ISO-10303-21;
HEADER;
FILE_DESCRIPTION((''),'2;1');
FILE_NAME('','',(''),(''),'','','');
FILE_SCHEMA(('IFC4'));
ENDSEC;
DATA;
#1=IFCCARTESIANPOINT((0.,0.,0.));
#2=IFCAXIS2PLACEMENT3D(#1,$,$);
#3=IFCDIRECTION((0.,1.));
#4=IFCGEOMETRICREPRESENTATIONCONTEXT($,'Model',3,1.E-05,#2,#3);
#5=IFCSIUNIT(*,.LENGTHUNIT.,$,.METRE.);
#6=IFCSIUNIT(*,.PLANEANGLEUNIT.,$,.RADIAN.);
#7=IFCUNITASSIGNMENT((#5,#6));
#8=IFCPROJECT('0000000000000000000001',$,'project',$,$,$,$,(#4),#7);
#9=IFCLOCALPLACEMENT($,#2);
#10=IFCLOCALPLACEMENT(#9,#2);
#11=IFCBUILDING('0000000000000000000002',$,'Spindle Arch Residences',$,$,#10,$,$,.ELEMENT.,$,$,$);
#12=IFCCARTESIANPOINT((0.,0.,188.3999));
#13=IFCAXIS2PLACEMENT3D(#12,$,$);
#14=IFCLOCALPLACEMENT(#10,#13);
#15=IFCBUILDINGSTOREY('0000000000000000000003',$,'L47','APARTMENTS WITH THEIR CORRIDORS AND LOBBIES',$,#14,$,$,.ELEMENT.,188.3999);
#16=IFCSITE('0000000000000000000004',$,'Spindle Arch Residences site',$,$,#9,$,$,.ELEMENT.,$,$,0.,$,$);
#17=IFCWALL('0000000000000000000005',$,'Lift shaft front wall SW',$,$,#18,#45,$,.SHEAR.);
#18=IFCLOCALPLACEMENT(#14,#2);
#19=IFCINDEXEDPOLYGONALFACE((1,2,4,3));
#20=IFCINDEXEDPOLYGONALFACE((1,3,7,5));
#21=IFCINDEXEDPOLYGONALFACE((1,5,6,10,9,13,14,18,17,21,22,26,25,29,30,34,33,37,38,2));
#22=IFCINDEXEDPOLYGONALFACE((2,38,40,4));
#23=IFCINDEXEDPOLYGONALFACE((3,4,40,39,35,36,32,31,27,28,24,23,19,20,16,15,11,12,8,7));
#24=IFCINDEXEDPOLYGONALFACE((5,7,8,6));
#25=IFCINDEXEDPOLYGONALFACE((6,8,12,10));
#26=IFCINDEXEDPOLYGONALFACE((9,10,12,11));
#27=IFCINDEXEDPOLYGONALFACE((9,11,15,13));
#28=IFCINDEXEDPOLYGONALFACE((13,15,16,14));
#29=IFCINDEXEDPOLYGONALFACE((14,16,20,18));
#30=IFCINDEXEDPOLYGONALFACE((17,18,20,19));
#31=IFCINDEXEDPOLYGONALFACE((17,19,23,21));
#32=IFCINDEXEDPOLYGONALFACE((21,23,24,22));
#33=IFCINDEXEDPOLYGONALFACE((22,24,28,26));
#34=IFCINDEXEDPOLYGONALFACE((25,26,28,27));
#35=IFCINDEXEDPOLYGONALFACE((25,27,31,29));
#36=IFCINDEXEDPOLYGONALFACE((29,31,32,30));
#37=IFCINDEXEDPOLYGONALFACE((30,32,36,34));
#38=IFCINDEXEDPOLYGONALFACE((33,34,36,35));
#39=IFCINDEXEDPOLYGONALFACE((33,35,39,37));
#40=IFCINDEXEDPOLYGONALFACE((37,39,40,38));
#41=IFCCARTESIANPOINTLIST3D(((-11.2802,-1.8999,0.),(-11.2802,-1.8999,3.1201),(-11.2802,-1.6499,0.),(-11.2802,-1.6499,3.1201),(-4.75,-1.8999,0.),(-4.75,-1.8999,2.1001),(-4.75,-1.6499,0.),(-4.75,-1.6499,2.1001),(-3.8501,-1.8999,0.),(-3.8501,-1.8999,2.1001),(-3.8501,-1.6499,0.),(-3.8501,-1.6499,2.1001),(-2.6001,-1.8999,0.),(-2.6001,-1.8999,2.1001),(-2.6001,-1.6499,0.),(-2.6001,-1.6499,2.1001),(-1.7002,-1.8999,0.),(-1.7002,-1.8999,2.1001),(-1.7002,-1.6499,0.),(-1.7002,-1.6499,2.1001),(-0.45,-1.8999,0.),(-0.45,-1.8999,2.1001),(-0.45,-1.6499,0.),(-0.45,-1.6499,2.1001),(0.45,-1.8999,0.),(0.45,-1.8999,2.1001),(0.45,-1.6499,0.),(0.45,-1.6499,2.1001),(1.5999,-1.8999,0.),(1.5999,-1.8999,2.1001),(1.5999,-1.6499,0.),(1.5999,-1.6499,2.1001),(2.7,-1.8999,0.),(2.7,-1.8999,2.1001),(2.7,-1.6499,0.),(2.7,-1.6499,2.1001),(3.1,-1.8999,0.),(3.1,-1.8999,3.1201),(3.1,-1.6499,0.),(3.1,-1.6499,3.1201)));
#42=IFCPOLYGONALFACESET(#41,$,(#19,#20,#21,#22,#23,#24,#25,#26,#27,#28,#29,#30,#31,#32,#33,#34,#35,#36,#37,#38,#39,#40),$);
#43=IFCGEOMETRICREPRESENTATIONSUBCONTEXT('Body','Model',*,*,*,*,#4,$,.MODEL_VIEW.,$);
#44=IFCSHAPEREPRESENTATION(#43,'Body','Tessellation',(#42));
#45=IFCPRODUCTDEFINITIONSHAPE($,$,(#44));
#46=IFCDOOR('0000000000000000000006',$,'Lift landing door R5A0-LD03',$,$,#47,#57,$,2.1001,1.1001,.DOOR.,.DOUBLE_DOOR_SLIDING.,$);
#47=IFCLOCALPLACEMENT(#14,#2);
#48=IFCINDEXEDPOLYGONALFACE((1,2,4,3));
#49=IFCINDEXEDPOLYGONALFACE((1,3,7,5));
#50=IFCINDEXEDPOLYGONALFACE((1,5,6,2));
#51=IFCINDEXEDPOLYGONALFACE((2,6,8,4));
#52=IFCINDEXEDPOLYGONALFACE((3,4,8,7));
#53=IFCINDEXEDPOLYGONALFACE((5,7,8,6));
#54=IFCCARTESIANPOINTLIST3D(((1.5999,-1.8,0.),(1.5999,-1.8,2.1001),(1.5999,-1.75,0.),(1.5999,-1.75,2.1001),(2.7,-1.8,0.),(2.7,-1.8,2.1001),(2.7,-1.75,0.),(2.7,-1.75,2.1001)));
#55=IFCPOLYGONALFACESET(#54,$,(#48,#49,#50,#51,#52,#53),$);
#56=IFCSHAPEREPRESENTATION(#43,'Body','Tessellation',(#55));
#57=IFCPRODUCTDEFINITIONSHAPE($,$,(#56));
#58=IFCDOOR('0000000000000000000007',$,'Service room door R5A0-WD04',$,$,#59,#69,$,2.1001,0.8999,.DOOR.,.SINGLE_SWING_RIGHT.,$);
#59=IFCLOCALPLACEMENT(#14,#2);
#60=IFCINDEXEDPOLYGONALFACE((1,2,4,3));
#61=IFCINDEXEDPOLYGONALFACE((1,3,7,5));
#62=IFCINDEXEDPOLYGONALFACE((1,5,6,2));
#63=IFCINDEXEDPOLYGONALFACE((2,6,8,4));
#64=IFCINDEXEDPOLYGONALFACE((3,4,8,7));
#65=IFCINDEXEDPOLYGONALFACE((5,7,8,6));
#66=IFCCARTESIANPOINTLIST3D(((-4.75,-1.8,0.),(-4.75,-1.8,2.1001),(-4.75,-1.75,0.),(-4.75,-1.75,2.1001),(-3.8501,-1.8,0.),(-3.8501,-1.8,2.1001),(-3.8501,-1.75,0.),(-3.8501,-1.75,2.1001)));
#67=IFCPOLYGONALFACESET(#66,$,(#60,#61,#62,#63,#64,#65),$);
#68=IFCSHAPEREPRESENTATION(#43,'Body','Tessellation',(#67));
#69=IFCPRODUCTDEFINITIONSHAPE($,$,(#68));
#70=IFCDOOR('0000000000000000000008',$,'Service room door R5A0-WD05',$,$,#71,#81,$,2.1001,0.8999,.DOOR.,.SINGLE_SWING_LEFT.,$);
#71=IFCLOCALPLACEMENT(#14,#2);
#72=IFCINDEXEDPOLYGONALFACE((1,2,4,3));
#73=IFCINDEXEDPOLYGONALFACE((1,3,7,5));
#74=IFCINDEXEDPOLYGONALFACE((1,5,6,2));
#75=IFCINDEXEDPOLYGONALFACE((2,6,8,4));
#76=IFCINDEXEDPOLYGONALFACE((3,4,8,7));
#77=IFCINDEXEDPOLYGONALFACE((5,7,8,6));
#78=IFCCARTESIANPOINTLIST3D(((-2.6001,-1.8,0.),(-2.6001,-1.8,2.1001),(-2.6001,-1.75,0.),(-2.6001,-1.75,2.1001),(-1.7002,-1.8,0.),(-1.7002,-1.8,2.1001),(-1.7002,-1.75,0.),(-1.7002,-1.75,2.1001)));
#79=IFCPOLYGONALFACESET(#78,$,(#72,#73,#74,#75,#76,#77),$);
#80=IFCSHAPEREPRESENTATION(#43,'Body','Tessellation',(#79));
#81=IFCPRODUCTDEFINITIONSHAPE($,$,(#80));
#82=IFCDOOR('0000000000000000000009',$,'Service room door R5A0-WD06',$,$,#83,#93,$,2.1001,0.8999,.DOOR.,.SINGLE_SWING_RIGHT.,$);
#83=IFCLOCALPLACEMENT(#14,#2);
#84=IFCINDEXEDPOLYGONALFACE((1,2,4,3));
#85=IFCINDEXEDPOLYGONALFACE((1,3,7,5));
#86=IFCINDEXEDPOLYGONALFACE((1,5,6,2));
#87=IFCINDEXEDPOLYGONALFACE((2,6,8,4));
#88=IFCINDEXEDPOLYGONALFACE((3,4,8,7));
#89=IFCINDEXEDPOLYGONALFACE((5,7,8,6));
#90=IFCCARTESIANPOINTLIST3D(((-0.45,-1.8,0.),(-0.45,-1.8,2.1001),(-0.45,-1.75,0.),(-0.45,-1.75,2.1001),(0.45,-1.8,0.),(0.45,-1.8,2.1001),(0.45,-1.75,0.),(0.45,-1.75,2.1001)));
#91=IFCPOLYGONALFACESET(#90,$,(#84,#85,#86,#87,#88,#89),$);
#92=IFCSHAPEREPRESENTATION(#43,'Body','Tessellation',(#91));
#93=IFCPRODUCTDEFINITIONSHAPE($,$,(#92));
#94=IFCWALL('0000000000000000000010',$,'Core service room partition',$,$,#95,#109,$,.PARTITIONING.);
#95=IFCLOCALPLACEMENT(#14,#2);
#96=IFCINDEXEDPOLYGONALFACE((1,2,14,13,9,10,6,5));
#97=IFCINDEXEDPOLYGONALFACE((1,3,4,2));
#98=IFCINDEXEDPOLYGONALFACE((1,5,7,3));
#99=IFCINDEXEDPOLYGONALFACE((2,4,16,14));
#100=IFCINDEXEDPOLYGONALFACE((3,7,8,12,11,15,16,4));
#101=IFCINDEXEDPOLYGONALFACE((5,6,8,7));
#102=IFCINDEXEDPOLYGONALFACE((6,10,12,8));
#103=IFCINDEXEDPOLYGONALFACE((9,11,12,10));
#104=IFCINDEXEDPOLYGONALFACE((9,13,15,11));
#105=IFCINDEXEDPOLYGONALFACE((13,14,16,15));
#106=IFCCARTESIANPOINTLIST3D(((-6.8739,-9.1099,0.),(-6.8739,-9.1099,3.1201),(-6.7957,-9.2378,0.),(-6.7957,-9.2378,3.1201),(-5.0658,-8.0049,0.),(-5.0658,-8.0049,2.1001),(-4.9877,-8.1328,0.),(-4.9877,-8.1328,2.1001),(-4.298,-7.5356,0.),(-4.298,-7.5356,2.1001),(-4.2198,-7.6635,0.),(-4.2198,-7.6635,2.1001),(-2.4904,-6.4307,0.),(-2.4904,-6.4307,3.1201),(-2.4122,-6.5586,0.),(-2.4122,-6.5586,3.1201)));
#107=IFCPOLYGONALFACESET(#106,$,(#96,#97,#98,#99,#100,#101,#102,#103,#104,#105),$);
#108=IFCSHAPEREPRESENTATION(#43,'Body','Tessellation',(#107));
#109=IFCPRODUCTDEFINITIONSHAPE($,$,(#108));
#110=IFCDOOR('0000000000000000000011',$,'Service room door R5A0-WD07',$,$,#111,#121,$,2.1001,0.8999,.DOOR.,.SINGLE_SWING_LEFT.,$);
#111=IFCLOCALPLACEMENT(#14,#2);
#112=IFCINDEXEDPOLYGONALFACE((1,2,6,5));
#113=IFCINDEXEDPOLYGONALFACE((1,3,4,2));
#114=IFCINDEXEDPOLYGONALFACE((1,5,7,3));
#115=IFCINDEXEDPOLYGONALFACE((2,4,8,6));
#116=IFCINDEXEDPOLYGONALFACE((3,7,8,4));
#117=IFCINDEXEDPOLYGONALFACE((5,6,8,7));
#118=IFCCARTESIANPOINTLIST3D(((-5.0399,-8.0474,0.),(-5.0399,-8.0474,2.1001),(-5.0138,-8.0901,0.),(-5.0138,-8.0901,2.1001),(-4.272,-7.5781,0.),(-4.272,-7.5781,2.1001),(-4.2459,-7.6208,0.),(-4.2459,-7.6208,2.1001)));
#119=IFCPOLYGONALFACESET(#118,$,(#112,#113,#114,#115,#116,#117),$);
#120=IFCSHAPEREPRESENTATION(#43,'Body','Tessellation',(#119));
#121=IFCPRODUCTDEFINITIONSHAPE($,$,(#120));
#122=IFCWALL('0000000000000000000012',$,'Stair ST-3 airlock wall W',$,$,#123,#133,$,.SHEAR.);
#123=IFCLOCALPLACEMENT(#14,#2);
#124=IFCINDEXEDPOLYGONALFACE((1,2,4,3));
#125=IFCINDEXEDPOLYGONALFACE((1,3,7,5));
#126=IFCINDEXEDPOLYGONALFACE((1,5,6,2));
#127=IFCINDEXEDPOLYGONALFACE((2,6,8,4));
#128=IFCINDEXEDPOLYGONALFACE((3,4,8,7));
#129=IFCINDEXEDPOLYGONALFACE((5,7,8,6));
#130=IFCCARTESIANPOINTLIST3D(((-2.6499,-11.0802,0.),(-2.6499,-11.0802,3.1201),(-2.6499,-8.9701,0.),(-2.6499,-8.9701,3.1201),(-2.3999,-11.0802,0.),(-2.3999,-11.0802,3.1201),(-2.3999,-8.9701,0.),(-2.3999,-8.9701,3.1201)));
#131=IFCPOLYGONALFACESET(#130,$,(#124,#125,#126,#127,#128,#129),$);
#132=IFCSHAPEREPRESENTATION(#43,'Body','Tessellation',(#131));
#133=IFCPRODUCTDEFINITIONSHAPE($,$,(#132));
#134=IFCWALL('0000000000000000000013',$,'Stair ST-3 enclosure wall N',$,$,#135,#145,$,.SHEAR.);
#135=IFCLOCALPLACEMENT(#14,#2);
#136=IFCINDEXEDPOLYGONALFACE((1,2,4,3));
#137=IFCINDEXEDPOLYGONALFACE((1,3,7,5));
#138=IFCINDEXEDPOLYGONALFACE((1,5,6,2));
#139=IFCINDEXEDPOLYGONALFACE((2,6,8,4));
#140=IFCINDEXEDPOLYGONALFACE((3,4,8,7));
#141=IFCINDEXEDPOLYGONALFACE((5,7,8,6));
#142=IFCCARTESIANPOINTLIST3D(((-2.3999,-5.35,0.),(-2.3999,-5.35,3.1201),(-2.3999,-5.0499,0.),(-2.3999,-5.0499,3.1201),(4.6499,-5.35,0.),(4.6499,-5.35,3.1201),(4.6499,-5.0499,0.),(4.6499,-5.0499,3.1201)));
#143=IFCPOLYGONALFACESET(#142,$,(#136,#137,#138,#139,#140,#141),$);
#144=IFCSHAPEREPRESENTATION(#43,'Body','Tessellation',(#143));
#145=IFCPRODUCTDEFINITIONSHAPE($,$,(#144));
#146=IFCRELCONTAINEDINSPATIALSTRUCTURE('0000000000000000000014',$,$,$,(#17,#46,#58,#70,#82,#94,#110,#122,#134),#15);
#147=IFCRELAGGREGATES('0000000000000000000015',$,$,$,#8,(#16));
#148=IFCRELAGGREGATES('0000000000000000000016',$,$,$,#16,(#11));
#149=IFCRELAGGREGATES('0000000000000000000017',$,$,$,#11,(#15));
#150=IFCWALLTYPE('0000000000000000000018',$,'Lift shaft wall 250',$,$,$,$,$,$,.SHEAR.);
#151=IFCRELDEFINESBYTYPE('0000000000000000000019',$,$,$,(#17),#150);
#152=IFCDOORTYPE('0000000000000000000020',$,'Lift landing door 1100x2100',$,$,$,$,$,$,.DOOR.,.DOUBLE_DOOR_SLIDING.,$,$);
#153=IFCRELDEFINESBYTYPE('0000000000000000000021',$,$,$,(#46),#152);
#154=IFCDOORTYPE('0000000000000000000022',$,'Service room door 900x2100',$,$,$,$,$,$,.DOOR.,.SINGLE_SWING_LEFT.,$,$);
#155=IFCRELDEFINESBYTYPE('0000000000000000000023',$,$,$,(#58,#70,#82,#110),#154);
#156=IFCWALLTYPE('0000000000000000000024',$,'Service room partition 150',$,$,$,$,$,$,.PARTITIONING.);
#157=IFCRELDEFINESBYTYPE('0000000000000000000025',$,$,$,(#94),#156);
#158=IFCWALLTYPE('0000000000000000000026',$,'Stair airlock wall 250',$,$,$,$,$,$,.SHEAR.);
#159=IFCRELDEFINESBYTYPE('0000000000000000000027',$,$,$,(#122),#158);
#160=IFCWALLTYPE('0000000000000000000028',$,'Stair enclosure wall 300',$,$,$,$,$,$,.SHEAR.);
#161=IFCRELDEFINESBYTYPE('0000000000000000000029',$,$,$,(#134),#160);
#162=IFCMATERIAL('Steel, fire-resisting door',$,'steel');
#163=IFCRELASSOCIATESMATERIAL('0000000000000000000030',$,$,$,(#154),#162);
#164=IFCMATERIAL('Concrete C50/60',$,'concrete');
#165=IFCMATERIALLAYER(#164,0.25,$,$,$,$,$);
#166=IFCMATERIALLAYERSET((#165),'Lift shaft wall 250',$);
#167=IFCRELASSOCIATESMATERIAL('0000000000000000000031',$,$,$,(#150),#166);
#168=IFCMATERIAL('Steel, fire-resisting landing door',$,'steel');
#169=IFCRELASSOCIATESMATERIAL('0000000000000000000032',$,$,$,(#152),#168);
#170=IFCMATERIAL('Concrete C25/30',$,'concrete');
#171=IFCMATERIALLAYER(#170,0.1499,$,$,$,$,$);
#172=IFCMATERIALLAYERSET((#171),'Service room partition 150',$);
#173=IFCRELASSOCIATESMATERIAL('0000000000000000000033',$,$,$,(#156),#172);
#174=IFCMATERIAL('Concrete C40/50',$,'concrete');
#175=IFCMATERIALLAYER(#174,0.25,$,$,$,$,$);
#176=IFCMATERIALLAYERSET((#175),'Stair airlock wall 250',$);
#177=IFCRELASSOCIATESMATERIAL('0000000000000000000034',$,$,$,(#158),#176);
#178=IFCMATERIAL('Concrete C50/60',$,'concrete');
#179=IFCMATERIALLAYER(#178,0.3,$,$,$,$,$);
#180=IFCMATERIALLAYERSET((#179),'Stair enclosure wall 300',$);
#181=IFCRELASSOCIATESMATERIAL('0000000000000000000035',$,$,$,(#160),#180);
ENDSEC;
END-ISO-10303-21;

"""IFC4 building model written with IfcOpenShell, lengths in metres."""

from ifc_helpers import new_model, si_unit, direction, frame, frame_2d, origin, place, context, subcontext, project, spatial, rectangle, extrude, material, layer, layer_set, type_object, element, fill, save


model = new_model("IFC4")

# Units and contexts
model_context = context("Model", 3, precision=1e-05, world=origin(), true_north=direction((0.0, 1.0)))
body_context = subcontext(model_context, "Body", "Model", "MODEL_VIEW")
ifc_project = project(units=[si_unit("LENGTHUNIT", "METRE"), si_unit("PLANEANGLEUNIT", "RADIAN")], contexts=[model_context])

# Site, building, storey
site_placement = place(None, origin())
site = spatial("IfcSite", under=ifc_project, at=site_placement, Name="Spindle Arch Residences site", CompositionType="ELEMENT", RefElevation=0.0)
building_placement = place(site_placement, origin())
building = spatial("IfcBuilding", under=site, at=building_placement, Name="Spindle Arch Residences", CompositionType="ELEMENT")
storey_placement = place(building_placement, frame((0.0, 0.0, 188.3999)))
storey = spatial("IfcBuildingStorey", under=building, at=storey_placement, Name="L47", Description="APARTMENTS WITH THEIR CORRIDORS AND LOBBIES", CompositionType="ELEMENT", Elevation=188.3999)

# Shared definitions
ifc_material_1 = material(Name="Steel, fire-resisting door", Category="steel")
door_type_1 = type_object("IfcDoorType", Name="Service room door 900x2100", OperationType="SINGLE_SWING_LEFT", PredefinedType="DOOR", material=ifc_material_1)

# Wall, openings, doors
ifc_material_2 = material(Name="Concrete C50/60", Category="concrete")
ifc_layer_1 = layer(ifc_material_2, 0.25)
ifc_layer_set_1 = layer_set([ifc_layer_1], Name="Lift shaft wall 250")
wall_type_1 = type_object("IfcWallType", Name="Lift shaft wall 250", PredefinedType="SHEAR", material=ifc_layer_set_1)
wall_1_placement = place(storey_placement, frame((-11.28, -1.7749, 0.0), z_axis=(0.0, 0.0, 1.0), x_axis=(1.0, 0.0, 0.0)))
wall_1 = element("IfcWall", 1, at=wall_1_placement, inside=storey, type_object=wall_type_1, Name="Lift shaft front wall SW", PredefinedType="SHEAR", context=body_context, shape_type="SweptSolid", body=[
    extrude(rectangle(XDim=14.3801, YDim=0.25, at=frame_2d((7.1899, 0.0))), origin(), (0.0, 0.0, 1.0), 3.1201),
])
opening_1_placement = place(wall_1_placement, frame((12.8799, 0.0, 0.0)))
opening_1 = element("IfcOpeningElement", 2, at=opening_1_placement, cuts=wall_1, PredefinedType="OPENING", context=body_context, shape_type="SweptSolid", body=[
    extrude(rectangle(XDim=1.1001, YDim=2.1001, at=frame_2d((0.55, 1.05))), frame((0.0, 0.135, 0.0), z_axis=(0.0, -1.0, 0.0), x_axis=(1.0, 0.0, 0.0)), (0.0, 0.0, 1.0), 0.27),
])
opening_2_placement = place(wall_1_placement, frame((6.53, 0.0, 0.0)))
opening_2 = element("IfcOpeningElement", 3, at=opening_2_placement, cuts=wall_1, PredefinedType="OPENING", context=body_context, shape_type="SweptSolid", body=[
    extrude(rectangle(XDim=0.8999, YDim=2.1001, at=frame_2d((0.45, 1.05))), frame((0.0, 0.135, 0.0), z_axis=(0.0, -1.0, 0.0), x_axis=(1.0, 0.0, 0.0)), (0.0, 0.0, 1.0), 0.27),
])
opening_3_placement = place(wall_1_placement, frame((8.6799, 0.0, 0.0)))
opening_3 = element("IfcOpeningElement", 4, at=opening_3_placement, cuts=wall_1, PredefinedType="OPENING", context=body_context, shape_type="SweptSolid", body=[
    extrude(rectangle(XDim=0.8999, YDim=2.1001, at=frame_2d((0.45, 1.05))), frame((0.0, 0.135, 0.0), z_axis=(0.0, -1.0, 0.0), x_axis=(1.0, 0.0, 0.0)), (0.0, 0.0, 1.0), 0.27),
])
opening_4_placement = place(wall_1_placement, frame((10.8301, 0.0, 0.0)))
opening_4 = element("IfcOpeningElement", 5, at=opening_4_placement, cuts=wall_1, PredefinedType="OPENING", context=body_context, shape_type="SweptSolid", body=[
    extrude(rectangle(XDim=0.8999, YDim=2.1001, at=frame_2d((0.45, 1.05))), frame((0.0, 0.135, 0.0), z_axis=(0.0, -1.0, 0.0), x_axis=(1.0, 0.0, 0.0)), (0.0, 0.0, 1.0), 0.27),
])
ifc_material_3 = material(Name="Steel, fire-resisting landing door", Category="steel")
door_type_2 = type_object("IfcDoorType", Name="Lift landing door 1100x2100", OperationType="DOUBLE_DOOR_SLIDING", PredefinedType="DOOR", material=ifc_material_3)
door_1_placement = place(opening_1_placement, origin())
door_1 = element("IfcDoor", 6, at=door_1_placement, inside=storey, type_object=door_type_2, Name="Lift landing door R5A0-LD03", OperationType="DOUBLE_DOOR_SLIDING", OverallHeight=2.1001, OverallWidth=1.1001, PredefinedType="DOOR", context=body_context, shape_type="SweptSolid", body=[
    extrude(rectangle(XDim=1.1001, YDim=2.1001, at=frame_2d((0.55, 1.05))), frame((0.0, 0.0249, 0.0), z_axis=(0.0, -1.0, 0.0), x_axis=(1.0, 0.0, 0.0)), (0.0, 0.0, 1.0), 0.05),
])
fill(opening_1, door_1)
door_2_placement = place(opening_2_placement, origin())
door_2 = element("IfcDoor", 7, at=door_2_placement, inside=storey, type_object=door_type_1, Name="Service room door R5A0-WD04", OperationType="SINGLE_SWING_RIGHT", OverallHeight=2.1001, OverallWidth=0.8999, PredefinedType="DOOR", context=body_context, shape_type="SweptSolid", body=[
    extrude(rectangle(XDim=0.8999, YDim=2.1001, at=frame_2d((0.45, 1.05))), frame((0.0, 0.0249, 0.0), z_axis=(0.0, -1.0, 0.0), x_axis=(1.0, 0.0, 0.0)), (0.0, 0.0, 1.0), 0.05),
])
fill(opening_2, door_2)
door_3_placement = place(opening_3_placement, origin())
door_3 = element("IfcDoor", 8, at=door_3_placement, inside=storey, type_object=door_type_1, Name="Service room door R5A0-WD05", OperationType="SINGLE_SWING_LEFT", OverallHeight=2.1001, OverallWidth=0.8999, PredefinedType="DOOR", context=body_context, shape_type="SweptSolid", body=[
    extrude(rectangle(XDim=0.8999, YDim=2.1001, at=frame_2d((0.45, 1.05))), frame((0.0, 0.0249, 0.0), z_axis=(0.0, -1.0, 0.0), x_axis=(1.0, 0.0, 0.0)), (0.0, 0.0, 1.0), 0.05),
])
fill(opening_3, door_3)
door_4_placement = place(opening_4_placement, origin())
door_4 = element("IfcDoor", 9, at=door_4_placement, inside=storey, type_object=door_type_1, Name="Service room door R5A0-WD06", OperationType="SINGLE_SWING_RIGHT", OverallHeight=2.1001, OverallWidth=0.8999, PredefinedType="DOOR", context=body_context, shape_type="SweptSolid", body=[
    extrude(rectangle(XDim=0.8999, YDim=2.1001, at=frame_2d((0.45, 1.05))), frame((0.0, 0.0249, 0.0), z_axis=(0.0, -1.0, 0.0), x_axis=(1.0, 0.0, 0.0)), (0.0, 0.0, 1.0), 0.05),
])
fill(opening_4, door_4)

# Wall, opening, door
ifc_material_4 = material(Name="Concrete C25/30", Category="concrete")
ifc_layer_2 = layer(ifc_material_4, 0.1499)
ifc_layer_set_2 = layer_set([ifc_layer_2], Name="Service room partition 150")
wall_type_2 = type_object("IfcWallType", Name="Service room partition 150", PredefinedType="PARTITIONING", material=ifc_layer_set_2)
wall_2_placement = place(storey_placement, frame((-2.4512, -6.4946, 0.0), z_axis=(0.0, 0.0, 1.0), x_axis=(-0.85325, -0.521502, 0.0)))
wall_2 = element("IfcWall", 10, at=wall_2_placement, inside=storey, type_object=wall_type_2, Name="Core service room partition", PredefinedType="PARTITIONING", context=body_context, shape_type="SweptSolid", body=[
    extrude(rectangle(XDim=5.1375, YDim=0.1499, at=frame_2d((2.5688, 0.0))), origin(), (0.0, 0.0, 1.0), 3.1201),
])
opening_5_placement = place(wall_2_placement, frame((2.1187, 0.0, 0.0)))
opening_5 = element("IfcOpeningElement", 11, at=opening_5_placement, cuts=wall_2, PredefinedType="OPENING", context=body_context, shape_type="SweptSolid", body=[
    extrude(rectangle(XDim=0.8999, YDim=2.1001, at=frame_2d((0.45, 1.05))), frame((0.0, 0.085, 0.0), z_axis=(0.0, -1.0, 0.0), x_axis=(1.0, 0.0, 0.0)), (0.0, 0.0, 1.0), 0.1699),
])
door_5_placement = place(opening_5_placement, origin())
door_5 = element("IfcDoor", 12, at=door_5_placement, inside=storey, type_object=door_type_1, Name="Service room door R5A0-WD07", OperationType="SINGLE_SWING_LEFT", OverallHeight=2.1001, OverallWidth=0.8999, PredefinedType="DOOR", context=body_context, shape_type="SweptSolid", body=[
    extrude(rectangle(XDim=0.8999, YDim=2.1001, at=frame_2d((0.45, 1.05))), frame((0.0, 0.0249, 0.0), z_axis=(0.0, -1.0, 0.0), x_axis=(1.0, 0.0, 0.0)), (0.0, 0.0, 1.0), 0.05),
])
fill(opening_5, door_5)

# Walls
ifc_material_5 = material(Name="Concrete C40/50", Category="concrete")
ifc_layer_3 = layer(ifc_material_5, 0.25)
ifc_layer_set_3 = layer_set([ifc_layer_3], Name="Stair airlock wall 250")
wall_type_3 = type_object("IfcWallType", Name="Stair airlock wall 250", PredefinedType="SHEAR", material=ifc_layer_set_3)
wall_3_placement = place(storey_placement, frame((-2.5249, -8.97, 0.0), z_axis=(0.0, 0.0, 1.0), x_axis=(0.0, -1.0, 0.0)))
element("IfcWall", 13, at=wall_3_placement, inside=storey, type_object=wall_type_3, Name="Stair ST-3 airlock wall W", PredefinedType="SHEAR", context=body_context, shape_type="SweptSolid", body=[
    extrude(rectangle(XDim=2.1101, YDim=0.25, at=frame_2d((1.0552, 0.0))), origin(), (0.0, 0.0, 1.0), 3.1201),
])
ifc_material_6 = material(Name="Concrete C50/60", Category="concrete")
ifc_layer_4 = layer(ifc_material_6, 0.3)
ifc_layer_set_4 = layer_set([ifc_layer_4], Name="Stair enclosure wall 300")
wall_type_4 = type_object("IfcWallType", Name="Stair enclosure wall 300", PredefinedType="SHEAR", material=ifc_layer_set_4)
wall_4_placement = place(storey_placement, frame((-2.3999, -5.2, 0.0), z_axis=(0.0, 0.0, 1.0), x_axis=(1.0, 0.0, 0.0)))
element("IfcWall", 14, at=wall_4_placement, inside=storey, type_object=wall_type_4, Name="Stair ST-3 enclosure wall N", PredefinedType="SHEAR", context=body_context, shape_type="SweptSolid", body=[
    extrude(rectangle(XDim=7.0498, YDim=0.3, at=frame_2d((3.5249, 0.0))), origin(), (0.0, 0.0, 1.0), 3.1201),
])

save(model, "model.ifc")
